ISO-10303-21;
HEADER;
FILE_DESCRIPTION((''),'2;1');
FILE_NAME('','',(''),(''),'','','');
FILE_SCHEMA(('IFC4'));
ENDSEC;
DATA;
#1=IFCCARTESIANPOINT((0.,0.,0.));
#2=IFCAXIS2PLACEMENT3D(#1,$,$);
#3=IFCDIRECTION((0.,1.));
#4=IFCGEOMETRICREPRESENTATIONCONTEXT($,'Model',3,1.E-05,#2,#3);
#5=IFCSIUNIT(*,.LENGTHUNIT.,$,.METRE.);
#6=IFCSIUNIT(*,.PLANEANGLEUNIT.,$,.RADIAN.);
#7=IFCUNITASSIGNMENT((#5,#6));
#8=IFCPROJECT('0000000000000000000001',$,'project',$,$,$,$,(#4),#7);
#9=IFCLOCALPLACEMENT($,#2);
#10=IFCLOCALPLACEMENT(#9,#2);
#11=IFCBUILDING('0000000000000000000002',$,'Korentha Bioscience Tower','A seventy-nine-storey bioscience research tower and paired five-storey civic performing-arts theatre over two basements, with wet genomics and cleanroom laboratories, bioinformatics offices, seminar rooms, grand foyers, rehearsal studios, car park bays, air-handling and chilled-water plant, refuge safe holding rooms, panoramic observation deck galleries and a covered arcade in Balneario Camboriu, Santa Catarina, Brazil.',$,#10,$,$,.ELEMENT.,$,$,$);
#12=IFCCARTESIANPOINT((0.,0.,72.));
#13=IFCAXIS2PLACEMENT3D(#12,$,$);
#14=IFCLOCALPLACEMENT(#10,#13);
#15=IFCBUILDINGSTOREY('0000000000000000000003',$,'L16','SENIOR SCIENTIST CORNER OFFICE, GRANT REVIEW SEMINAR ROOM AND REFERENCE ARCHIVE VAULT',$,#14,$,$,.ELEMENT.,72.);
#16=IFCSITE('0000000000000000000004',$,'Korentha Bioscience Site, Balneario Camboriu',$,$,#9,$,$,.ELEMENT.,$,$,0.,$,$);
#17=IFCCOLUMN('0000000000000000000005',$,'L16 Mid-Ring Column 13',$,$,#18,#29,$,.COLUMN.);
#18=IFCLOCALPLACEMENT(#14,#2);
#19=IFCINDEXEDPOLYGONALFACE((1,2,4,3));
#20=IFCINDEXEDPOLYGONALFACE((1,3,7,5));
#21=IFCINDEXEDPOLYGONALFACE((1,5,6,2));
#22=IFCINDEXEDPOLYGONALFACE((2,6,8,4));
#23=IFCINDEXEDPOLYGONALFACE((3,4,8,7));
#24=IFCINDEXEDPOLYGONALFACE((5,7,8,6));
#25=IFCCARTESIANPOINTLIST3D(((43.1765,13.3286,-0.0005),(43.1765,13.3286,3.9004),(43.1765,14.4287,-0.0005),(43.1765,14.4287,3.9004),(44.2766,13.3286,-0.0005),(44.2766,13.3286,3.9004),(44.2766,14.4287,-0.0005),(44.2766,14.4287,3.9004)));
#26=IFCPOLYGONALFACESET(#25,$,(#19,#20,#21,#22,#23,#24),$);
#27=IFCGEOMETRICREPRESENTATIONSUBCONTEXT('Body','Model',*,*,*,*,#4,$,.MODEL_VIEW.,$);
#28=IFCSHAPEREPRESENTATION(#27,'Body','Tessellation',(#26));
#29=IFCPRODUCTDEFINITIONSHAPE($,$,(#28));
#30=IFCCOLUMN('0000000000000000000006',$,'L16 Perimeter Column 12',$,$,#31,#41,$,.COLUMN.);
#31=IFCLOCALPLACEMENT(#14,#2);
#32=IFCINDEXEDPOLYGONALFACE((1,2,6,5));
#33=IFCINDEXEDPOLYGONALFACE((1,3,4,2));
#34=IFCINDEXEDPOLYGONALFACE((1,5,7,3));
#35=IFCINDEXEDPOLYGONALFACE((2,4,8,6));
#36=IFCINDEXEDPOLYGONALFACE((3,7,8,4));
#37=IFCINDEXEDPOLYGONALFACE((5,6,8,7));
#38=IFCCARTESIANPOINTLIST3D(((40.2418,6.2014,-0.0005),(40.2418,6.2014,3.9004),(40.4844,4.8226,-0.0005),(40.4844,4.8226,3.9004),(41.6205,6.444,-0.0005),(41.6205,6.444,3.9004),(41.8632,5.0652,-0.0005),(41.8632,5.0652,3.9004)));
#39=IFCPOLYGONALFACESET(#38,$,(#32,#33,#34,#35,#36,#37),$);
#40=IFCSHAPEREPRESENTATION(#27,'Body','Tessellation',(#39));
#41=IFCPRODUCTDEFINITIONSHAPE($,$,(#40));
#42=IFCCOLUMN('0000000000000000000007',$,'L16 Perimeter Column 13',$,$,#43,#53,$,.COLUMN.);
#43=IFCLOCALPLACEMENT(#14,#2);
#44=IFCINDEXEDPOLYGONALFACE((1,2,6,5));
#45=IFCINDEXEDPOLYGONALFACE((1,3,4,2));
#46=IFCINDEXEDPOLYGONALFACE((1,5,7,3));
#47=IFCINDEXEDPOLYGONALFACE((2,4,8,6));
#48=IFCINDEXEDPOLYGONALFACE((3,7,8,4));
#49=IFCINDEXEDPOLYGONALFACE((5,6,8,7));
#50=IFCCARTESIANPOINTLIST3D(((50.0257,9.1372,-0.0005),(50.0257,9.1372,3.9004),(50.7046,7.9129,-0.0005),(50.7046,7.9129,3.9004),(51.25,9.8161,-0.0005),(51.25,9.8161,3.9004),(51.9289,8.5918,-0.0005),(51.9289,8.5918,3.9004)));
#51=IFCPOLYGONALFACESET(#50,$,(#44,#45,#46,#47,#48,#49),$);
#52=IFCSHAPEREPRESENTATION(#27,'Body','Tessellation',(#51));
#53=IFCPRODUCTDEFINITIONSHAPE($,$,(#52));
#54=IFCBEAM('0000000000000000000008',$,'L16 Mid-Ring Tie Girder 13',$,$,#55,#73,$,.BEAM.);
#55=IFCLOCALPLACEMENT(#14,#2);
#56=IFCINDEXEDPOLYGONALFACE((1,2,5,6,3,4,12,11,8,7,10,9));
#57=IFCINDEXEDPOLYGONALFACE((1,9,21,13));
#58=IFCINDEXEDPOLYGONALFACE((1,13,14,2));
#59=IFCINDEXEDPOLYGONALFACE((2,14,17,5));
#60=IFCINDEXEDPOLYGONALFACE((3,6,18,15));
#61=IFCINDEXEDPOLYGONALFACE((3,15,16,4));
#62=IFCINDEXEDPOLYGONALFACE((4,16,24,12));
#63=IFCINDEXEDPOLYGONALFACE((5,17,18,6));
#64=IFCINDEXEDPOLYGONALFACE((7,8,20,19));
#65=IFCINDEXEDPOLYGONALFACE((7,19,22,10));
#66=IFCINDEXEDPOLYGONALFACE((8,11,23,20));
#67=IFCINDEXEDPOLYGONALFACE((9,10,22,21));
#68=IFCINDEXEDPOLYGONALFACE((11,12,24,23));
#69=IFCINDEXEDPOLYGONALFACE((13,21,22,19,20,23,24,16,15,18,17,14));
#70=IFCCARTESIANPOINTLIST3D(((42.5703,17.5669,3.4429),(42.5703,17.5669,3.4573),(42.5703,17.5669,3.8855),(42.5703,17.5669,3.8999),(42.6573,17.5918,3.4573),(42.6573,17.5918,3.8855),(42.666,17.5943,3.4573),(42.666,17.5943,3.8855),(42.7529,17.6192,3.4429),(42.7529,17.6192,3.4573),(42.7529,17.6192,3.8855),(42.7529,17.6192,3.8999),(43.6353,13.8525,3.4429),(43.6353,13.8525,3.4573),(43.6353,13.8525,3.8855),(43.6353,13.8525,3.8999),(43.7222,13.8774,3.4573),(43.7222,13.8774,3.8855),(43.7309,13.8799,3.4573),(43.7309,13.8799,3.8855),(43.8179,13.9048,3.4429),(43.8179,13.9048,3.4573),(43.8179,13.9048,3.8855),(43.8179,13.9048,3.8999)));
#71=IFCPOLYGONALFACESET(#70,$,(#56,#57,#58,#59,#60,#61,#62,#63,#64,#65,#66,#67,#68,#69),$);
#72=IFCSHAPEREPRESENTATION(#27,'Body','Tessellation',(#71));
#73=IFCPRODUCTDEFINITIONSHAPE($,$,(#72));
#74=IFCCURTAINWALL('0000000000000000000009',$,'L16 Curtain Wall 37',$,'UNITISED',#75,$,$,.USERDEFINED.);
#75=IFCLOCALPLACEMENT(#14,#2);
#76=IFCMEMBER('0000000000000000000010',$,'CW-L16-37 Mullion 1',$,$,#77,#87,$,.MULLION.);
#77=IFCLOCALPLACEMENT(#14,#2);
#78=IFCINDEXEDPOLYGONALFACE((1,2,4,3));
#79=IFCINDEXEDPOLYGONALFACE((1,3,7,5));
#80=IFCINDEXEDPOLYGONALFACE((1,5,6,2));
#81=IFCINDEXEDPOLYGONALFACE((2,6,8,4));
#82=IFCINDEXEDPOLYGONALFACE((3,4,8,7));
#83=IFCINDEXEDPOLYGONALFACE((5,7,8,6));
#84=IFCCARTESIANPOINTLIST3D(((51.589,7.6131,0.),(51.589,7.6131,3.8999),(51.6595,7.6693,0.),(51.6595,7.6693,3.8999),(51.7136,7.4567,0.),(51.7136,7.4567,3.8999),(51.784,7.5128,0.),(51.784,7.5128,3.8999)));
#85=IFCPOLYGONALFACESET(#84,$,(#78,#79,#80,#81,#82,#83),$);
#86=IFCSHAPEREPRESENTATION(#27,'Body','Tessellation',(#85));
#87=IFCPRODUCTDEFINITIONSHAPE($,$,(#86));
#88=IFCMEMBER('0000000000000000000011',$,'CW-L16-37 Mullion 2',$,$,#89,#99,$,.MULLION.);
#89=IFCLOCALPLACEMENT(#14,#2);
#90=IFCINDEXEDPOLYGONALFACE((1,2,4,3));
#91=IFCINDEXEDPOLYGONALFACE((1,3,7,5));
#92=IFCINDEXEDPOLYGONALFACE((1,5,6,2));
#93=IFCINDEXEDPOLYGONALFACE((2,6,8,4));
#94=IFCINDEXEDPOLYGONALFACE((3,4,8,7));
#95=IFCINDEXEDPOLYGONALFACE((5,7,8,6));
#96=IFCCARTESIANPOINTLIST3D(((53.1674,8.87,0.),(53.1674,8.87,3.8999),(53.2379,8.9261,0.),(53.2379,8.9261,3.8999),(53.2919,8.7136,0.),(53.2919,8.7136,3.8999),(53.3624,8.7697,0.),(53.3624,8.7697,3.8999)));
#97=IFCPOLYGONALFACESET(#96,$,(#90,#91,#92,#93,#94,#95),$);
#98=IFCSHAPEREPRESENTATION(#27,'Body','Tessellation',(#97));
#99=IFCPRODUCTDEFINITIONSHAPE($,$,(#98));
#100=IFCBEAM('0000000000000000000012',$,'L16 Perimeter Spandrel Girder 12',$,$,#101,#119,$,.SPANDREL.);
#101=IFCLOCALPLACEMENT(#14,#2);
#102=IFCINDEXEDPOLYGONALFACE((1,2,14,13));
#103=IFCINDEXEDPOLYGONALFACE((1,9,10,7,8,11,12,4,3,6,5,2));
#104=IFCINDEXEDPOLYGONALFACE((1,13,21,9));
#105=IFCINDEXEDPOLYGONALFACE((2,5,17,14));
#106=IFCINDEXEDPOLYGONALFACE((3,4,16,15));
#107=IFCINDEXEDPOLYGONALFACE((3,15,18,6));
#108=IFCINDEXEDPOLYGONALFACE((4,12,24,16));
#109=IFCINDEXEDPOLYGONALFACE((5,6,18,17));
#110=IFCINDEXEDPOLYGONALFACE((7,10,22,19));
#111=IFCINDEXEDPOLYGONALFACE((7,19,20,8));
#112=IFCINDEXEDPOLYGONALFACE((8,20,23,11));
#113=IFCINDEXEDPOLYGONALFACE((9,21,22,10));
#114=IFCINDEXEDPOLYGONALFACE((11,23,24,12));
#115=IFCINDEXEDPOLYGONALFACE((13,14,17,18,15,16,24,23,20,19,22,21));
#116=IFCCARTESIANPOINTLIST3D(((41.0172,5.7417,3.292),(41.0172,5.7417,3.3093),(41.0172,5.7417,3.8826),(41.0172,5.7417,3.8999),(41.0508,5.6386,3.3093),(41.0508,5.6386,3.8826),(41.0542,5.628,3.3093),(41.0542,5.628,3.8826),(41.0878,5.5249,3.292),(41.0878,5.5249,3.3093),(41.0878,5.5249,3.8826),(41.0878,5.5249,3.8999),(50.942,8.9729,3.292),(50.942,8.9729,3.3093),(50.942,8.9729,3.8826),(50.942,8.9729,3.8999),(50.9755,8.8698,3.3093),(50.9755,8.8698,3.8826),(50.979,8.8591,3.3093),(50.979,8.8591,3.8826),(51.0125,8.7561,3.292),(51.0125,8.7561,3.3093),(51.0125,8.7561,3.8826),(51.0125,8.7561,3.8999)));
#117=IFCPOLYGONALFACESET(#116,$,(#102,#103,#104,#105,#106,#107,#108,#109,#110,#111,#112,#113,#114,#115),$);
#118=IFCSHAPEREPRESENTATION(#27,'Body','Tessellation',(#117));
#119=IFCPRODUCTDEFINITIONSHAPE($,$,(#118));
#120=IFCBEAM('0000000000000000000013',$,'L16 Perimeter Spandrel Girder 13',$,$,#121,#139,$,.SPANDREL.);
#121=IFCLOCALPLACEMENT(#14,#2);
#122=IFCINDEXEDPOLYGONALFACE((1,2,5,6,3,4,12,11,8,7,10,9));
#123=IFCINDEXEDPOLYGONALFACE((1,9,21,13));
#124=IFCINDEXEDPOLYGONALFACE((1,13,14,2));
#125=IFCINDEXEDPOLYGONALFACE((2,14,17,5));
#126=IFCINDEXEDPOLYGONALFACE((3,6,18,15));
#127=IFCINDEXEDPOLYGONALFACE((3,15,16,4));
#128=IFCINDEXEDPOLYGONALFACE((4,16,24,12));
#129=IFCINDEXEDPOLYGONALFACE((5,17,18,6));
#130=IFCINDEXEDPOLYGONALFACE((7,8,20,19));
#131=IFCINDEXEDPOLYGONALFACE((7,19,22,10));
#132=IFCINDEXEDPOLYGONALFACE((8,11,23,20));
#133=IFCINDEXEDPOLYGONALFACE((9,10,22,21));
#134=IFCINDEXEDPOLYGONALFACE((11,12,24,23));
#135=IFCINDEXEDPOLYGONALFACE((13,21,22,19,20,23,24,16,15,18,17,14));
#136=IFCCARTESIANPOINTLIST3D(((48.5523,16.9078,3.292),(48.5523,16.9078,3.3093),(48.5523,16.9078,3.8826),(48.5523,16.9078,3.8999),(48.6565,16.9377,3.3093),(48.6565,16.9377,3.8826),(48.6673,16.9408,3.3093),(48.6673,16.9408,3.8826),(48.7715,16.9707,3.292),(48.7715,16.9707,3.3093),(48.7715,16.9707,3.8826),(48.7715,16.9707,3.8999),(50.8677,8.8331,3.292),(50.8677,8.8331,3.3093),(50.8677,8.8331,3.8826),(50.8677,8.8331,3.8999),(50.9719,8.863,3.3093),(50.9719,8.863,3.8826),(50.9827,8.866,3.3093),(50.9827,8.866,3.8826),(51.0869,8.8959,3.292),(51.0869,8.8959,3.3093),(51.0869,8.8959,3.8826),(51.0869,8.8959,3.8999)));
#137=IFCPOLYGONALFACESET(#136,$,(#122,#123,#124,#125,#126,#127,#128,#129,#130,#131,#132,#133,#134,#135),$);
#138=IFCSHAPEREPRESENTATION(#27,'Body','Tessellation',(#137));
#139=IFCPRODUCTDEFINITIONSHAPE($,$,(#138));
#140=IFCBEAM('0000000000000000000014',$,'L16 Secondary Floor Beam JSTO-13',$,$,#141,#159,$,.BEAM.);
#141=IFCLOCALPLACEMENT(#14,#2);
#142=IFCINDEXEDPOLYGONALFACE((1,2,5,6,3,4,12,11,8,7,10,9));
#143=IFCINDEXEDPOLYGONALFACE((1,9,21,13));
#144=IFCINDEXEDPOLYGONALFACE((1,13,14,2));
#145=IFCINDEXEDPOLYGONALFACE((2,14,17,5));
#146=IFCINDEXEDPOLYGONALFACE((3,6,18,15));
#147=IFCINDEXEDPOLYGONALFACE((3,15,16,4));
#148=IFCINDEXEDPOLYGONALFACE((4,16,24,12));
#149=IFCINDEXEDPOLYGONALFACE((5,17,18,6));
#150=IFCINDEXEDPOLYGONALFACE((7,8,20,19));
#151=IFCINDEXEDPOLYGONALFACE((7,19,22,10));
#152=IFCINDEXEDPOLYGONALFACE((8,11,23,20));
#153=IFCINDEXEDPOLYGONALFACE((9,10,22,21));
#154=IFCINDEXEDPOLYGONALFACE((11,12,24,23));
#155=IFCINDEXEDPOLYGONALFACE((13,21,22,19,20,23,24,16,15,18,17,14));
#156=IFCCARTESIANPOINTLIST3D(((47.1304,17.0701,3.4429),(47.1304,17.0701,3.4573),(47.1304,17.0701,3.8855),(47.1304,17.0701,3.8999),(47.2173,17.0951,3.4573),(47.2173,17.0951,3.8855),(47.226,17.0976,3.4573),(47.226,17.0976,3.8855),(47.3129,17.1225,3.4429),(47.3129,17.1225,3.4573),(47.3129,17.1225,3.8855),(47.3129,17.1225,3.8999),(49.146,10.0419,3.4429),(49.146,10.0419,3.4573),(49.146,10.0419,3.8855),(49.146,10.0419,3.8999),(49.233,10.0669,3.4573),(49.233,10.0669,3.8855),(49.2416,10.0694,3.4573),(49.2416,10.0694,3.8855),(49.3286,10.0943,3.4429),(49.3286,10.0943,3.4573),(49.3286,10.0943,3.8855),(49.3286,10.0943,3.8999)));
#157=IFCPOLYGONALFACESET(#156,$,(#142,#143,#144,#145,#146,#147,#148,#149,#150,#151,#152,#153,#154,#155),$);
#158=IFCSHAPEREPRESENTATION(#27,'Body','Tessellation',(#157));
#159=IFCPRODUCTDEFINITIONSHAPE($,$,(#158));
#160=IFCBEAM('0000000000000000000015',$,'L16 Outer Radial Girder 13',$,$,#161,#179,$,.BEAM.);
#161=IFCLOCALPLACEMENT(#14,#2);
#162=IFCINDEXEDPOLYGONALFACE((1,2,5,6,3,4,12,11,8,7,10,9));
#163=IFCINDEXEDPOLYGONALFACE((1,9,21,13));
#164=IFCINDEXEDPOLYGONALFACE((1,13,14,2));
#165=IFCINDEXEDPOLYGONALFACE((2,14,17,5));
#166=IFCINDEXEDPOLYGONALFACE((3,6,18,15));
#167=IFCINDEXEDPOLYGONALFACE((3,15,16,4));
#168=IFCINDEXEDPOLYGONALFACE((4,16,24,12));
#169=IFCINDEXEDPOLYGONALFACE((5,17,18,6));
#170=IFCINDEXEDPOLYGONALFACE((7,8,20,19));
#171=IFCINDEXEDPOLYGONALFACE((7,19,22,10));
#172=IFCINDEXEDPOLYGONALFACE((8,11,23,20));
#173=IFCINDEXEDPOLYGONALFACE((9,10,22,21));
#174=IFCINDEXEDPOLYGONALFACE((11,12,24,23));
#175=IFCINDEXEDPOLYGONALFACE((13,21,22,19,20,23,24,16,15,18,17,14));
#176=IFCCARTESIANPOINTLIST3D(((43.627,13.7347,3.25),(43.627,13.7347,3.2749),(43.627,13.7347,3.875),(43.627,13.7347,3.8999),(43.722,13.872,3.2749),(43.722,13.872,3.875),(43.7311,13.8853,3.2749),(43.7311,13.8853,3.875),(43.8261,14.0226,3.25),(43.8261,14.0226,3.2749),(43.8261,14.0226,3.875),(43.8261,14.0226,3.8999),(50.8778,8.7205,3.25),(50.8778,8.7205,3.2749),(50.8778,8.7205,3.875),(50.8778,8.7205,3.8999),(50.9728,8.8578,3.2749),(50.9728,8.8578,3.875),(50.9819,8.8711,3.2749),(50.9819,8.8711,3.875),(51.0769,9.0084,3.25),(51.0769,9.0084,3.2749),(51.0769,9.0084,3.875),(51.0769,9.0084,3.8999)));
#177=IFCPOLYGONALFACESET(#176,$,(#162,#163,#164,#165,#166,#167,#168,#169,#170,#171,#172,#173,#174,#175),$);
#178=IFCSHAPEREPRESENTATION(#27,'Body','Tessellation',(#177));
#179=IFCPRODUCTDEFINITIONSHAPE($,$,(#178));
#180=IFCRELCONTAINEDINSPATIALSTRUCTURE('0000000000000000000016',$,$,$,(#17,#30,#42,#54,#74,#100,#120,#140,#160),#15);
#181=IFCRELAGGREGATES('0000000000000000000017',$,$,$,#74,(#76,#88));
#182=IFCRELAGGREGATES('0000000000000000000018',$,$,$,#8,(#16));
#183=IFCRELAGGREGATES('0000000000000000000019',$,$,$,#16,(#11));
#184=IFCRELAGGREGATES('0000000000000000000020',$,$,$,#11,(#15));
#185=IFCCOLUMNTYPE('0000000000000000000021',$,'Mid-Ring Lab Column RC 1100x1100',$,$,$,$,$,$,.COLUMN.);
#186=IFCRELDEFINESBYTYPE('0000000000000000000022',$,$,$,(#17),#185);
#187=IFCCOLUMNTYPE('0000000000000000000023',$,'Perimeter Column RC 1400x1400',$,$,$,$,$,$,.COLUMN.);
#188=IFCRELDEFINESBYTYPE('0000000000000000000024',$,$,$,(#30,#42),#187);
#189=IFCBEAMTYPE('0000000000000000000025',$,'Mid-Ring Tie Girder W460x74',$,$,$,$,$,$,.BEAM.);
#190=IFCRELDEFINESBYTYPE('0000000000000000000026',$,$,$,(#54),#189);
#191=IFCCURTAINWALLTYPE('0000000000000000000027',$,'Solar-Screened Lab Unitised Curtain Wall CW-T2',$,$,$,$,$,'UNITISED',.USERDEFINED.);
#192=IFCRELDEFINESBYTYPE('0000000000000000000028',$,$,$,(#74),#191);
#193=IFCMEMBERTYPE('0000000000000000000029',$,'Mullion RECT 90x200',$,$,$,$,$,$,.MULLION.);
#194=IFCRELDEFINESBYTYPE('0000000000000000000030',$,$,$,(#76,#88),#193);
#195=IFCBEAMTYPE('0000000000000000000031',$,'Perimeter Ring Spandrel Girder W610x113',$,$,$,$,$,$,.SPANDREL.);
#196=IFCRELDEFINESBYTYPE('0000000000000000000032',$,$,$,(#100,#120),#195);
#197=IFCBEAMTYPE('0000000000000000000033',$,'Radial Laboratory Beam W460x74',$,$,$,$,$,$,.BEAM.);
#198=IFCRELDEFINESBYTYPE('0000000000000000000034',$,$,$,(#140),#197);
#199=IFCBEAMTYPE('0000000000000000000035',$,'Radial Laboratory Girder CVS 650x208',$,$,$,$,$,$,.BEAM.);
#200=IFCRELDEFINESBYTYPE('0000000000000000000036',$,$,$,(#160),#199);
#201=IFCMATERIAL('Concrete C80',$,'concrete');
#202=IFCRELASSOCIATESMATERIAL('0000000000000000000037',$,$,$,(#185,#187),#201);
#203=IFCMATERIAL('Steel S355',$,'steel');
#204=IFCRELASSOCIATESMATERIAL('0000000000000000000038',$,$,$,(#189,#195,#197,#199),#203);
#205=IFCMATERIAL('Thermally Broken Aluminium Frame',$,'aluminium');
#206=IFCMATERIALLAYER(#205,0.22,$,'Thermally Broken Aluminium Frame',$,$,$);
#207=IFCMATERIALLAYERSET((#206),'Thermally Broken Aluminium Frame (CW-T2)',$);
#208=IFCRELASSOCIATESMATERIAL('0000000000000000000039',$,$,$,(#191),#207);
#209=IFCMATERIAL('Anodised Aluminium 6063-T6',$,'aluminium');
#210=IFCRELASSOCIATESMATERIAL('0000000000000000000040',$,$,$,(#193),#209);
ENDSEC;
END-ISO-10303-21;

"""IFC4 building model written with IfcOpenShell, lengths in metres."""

from ifc_helpers import new_model, si_unit, direction, frame, origin, origin_2d, place, context, subcontext, project, spatial, rectangle, i_section, extrude, material, layer, layer_set, material_profile, profile_set, type_object, element, aggregate, save


model = new_model("IFC4")

# Units and contexts
model_context = context("Model", 3, precision=1e-05, world=origin(), true_north=direction((0.0, 1.0)))
body_context = subcontext(model_context, "Body", "Model", "MODEL_VIEW")
ifc_project = project(units=[si_unit("LENGTHUNIT", "METRE"), si_unit("PLANEANGLEUNIT", "RADIAN")], contexts=[model_context])

# Site, building, storey
site_placement = place(None, origin())
site = spatial("IfcSite", under=ifc_project, at=site_placement, Name="Korentha Bioscience Site, Balneario Camboriu", CompositionType="ELEMENT", RefElevation=0.0)
building_placement = place(site_placement, origin())
building = spatial("IfcBuilding", under=site, at=building_placement, Name="Korentha Bioscience Tower", Description="A seventy-nine-storey bioscience research tower and paired five-storey civic performing-arts theatre over two basements, with wet genomics and cleanroom laboratories, bioinformatics offices, seminar rooms, grand foyers, rehearsal studios, car park bays, air-handling and chilled-water plant, refuge safe holding rooms, panoramic observation deck galleries and a covered arcade in Balneario Camboriu, Santa Catarina, Brazil.", CompositionType="ELEMENT")
storey_placement = place(building_placement, frame((0.0, 0.0, 72.0)))
storey = spatial("IfcBuildingStorey", under=building, at=storey_placement, Name="L16", Description="SENIOR SCIENTIST CORNER OFFICE, GRANT REVIEW SEMINAR ROOM AND REFERENCE ARCHIVE VAULT", CompositionType="ELEMENT", Elevation=72.0)

# Columns
ifc_material_1 = material(Name="Concrete C80", Category="concrete")
ifc_material_profile_1 = material_profile(ifc_material_1, rectangle(XDim=1.1001, YDim=1.1001, at=origin_2d()), Name="Concrete C80")
ifc_profile_set_1 = profile_set([ifc_material_profile_1], Name="Concrete C80 (COL-MR11)")
column_type_1 = type_object("IfcColumnType", Name="Mid-Ring Lab Column RC 1100x1100", PredefinedType="COLUMN", material=ifc_profile_set_1)
column_placement = place(storey_placement, frame((43.7266, 13.8787, -0.0005), z_axis=(0.0, 0.0, 1.0), x_axis=(1.0, 0.0, 0.0)))
element("IfcColumn", 1, at=column_placement, inside=storey, type_object=column_type_1, Name="L16 Mid-Ring Column 13", PredefinedType="COLUMN", context=body_context, shape_type="SweptSolid", body=[
    extrude(rectangle(XDim=1.1001, YDim=1.1001, at=origin_2d()), origin(), (0.0, 0.0, 1.0), 3.9009),
])
ifc_material_profile_2 = material_profile(ifc_material_1, rectangle(XDim=1.3999, YDim=1.3999, at=origin_2d()), Name="Concrete C80")
ifc_profile_set_2 = profile_set([ifc_material_profile_2], Name="Concrete C80 (COL-P14)")
column_type_2 = type_object("IfcColumnType", Name="Perimeter Column RC 1400x1400", PredefinedType="COLUMN", material=ifc_profile_set_2)
for number, where, z_axis, x_axis, name in (
    (2, (41.0525, 5.6333, -0.0005), (0.0, 0.0, 1.0), (0.984868, 0.173304, 0.0), "L16 Perimeter Column 12"),
    (3, (50.9773, 8.8645, -0.0005), (0.0, 0.0, 1.0), (0.874535, 0.484962, 0.0), "L16 Perimeter Column 13"),
):
    element("IfcColumn", number, at=place(storey_placement, frame(where, z_axis=z_axis, x_axis=x_axis)), inside=storey, type_object=column_type_2, Name=name, PredefinedType="COLUMN", context=body_context, shape_type="SweptSolid", body=[
        extrude(rectangle(XDim=1.3999, YDim=1.3999, at=origin_2d()), origin(), (0.0, 0.0, 1.0), 3.9009),
    ])

# Beam
ifc_material_2 = material(Name="Steel S355", Category="steel")
ifc_material_profile_3 = material_profile(ifc_material_2, i_section(OverallWidth=0.1899, OverallDepth=0.457, WebThickness=0.009, FlangeThickness=0.0144, at=origin_2d()), Name="Steel S355")
ifc_profile_set_3 = profile_set([ifc_material_profile_3], Name="Steel S355 (MB-460)")
beam_type_1 = type_object("IfcBeamType", Name="Mid-Ring Tie Girder W460x74", PredefinedType="BEAM", material=ifc_profile_set_3)
beam_1_placement = place(storey_placement, frame((43.7266, 13.8787, 3.6714), z_axis=(-0.275606, 0.961271, 0.0), x_axis=(-0.961271, -0.275606, 0.0)))
element("IfcBeam", 4, at=beam_1_placement, inside=storey, type_object=beam_type_1, Name="L16 Mid-Ring Tie Girder 13", PredefinedType="BEAM", context=body_context, shape_type="SweptSolid", body=[
    extrude(i_section(OverallWidth=0.1899, OverallDepth=0.457, WebThickness=0.009, FlangeThickness=0.0144, at=origin_2d()), origin(), (0.0, 0.0, 1.0), 3.864),
])

# Curtain wall, members
ifc_material_3 = material(Name="Thermally Broken Aluminium Frame", Category="aluminium")
ifc_layer_1 = layer(ifc_material_3, 0.22, Name="Thermally Broken Aluminium Frame")
ifc_layer_set_1 = layer_set([ifc_layer_1], Name="Thermally Broken Aluminium Frame (CW-T2)")
curtain_wall_type = type_object("IfcCurtainWallType", Name="Solar-Screened Lab Unitised Curtain Wall CW-T2", ElementType="UNITISED", PredefinedType="USERDEFINED", material=ifc_layer_set_1)
curtain_wall_placement = place(storey_placement, origin())
curtain_wall = element("IfcCurtainWall", 5, at=curtain_wall_placement, inside=storey, type_object=curtain_wall_type, Name="L16 Curtain Wall 37", ObjectType="UNITISED", PredefinedType="USERDEFINED")
ifc_material_4 = material(Name="Anodised Aluminium 6063-T6", Category="aluminium")
ifc_material_profile_4 = material_profile(ifc_material_4, rectangle(XDim=0.0901, YDim=0.2, at=origin_2d()), Name="Anodised Aluminium 6063-T6")
ifc_profile_set_4 = profile_set([ifc_material_profile_4], Name="Anodised Aluminium 6063-T6 (CW-MUL)")
member_type_1 = type_object("IfcMemberType", Name="Mullion RECT 90x200", PredefinedType="MULLION", material=ifc_profile_set_4)
member_1_placement = place(storey_placement, frame((51.6865, 7.563, 0.0), z_axis=(0.0, 0.0, 1.0), x_axis=(0.782288, 0.622917, 0.0)))
member_1 = element("IfcMember", 6, at=member_1_placement, type_object=member_type_1, Name="CW-L16-37 Mullion 1", PredefinedType="MULLION", context=body_context, shape_type="SweptSolid", body=[
    extrude(rectangle(XDim=0.0901, YDim=0.2, at=origin_2d()), origin(), (0.0, 0.0, 1.0), 3.8999),
])
member_2_placement = place(storey_placement, frame((53.2649, 8.8198, 0.0), z_axis=(0.0, 0.0, 1.0), x_axis=(0.782288, 0.622917, 0.0)))
member_2 = element("IfcMember", 7, at=member_2_placement, type_object=member_type_1, Name="CW-L16-37 Mullion 2", PredefinedType="MULLION", context=body_context, shape_type="SweptSolid", body=[
    extrude(rectangle(XDim=0.0901, YDim=0.2, at=origin_2d()), origin(), (0.0, 0.0, 1.0), 3.8999),
])

# Beams
ifc_material_profile_5 = material_profile(ifc_material_2, i_section(OverallWidth=0.228, OverallDepth=0.6079, WebThickness=0.0112, FlangeThickness=0.0173, at=origin_2d()), Name="Steel S355")
ifc_profile_set_5 = profile_set([ifc_material_profile_5], Name="Steel S355 (SB-610)")
beam_type_2 = type_object("IfcBeamType", Name="Perimeter Ring Spandrel Girder W610x113", PredefinedType="SPANDREL", material=ifc_profile_set_5)
beam_2_placement = place(storey_placement, frame((41.0525, 5.6333, 3.5959), z_axis=(0.950875, 0.309575, 0.0), x_axis=(-0.309575, 0.950875, 0.0)))
element("IfcBeam", 8, at=beam_2_placement, inside=storey, type_object=beam_type_2, Name="L16 Perimeter Spandrel Girder 12", PredefinedType="SPANDREL", context=body_context, shape_type="SweptSolid", body=[
    extrude(i_section(OverallWidth=0.228, OverallDepth=0.6079, WebThickness=0.0112, FlangeThickness=0.0173, at=origin_2d()), origin(), (0.0, 0.0, 1.0), 10.4375),
])
beam_3_placement = place(storey_placement, frame((50.9773, 8.8645, 3.5959), z_axis=(-0.275642, 0.96126, 0.0), x_axis=(-0.96126, -0.275642, 0.0)))
element("IfcBeam", 9, at=beam_3_placement, inside=storey, type_object=beam_type_2, Name="L16 Perimeter Spandrel Girder 13", PredefinedType="SPANDREL", context=body_context, shape_type="SweptSolid", body=[
    extrude(i_section(OverallWidth=0.228, OverallDepth=0.6079, WebThickness=0.0112, FlangeThickness=0.0173, at=origin_2d()), origin(), (0.0, 0.0, 1.0), 8.4001),
])
ifc_material_profile_6 = material_profile(ifc_material_2, i_section(OverallWidth=0.1899, OverallDepth=0.457, WebThickness=0.009, FlangeThickness=0.0144, at=origin_2d()), Name="Steel S355")
ifc_profile_set_6 = profile_set([ifc_material_profile_6], Name="Steel S355 (RB-460)")
beam_type_3 = type_object("IfcBeamType", Name="Radial Laboratory Beam W460x74", PredefinedType="BEAM", material=ifc_profile_set_6)
beam_4_placement = place(storey_placement, frame((49.2373, 10.0681, 3.6714), z_axis=(-0.275682, 0.961249, 0.0), x_axis=(-0.961249, -0.275682, 0.0)))
element("IfcBeam", 10, at=beam_4_placement, inside=storey, type_object=beam_type_3, Name="L16 Secondary Floor Beam JSTO-13", PredefinedType="BEAM", context=body_context, shape_type="SweptSolid", body=[
    extrude(i_section(OverallWidth=0.1899, OverallDepth=0.457, WebThickness=0.009, FlangeThickness=0.0144, at=origin_2d()), origin(), (0.0, 0.0, 1.0), 7.3115),
])
ifc_material_profile_7 = material_profile(ifc_material_2, i_section(OverallWidth=0.3501, OverallDepth=0.6499, WebThickness=0.0161, FlangeThickness=0.0249, at=origin_2d()), Name="Steel S355")
ifc_profile_set_7 = profile_set([ifc_material_profile_7], Name="Steel S355 (RB-650)")
beam_type_4 = type_object("IfcBeamType", Name="Radial Laboratory Girder CVS 650x208", PredefinedType="BEAM", material=ifc_profile_set_7)
beam_5_placement = place(storey_placement, frame((43.7266, 13.8787, 3.575), z_axis=(0.822488, -0.568782, 0.0), x_axis=(0.568782, 0.822488, 0.0)))
element("IfcBeam", 11, at=beam_5_placement, inside=storey, type_object=beam_type_4, Name="L16 Outer Radial Girder 13", PredefinedType="BEAM", context=body_context, shape_type="SweptSolid", body=[
    extrude(i_section(OverallWidth=0.3501, OverallDepth=0.6499, WebThickness=0.0161, FlangeThickness=0.0249, at=origin_2d()), origin(), (0.0, 0.0, 1.0), 8.8157),
])

aggregate(curtain_wall, [member_1, member_2])

save(model, "model.ifc")
